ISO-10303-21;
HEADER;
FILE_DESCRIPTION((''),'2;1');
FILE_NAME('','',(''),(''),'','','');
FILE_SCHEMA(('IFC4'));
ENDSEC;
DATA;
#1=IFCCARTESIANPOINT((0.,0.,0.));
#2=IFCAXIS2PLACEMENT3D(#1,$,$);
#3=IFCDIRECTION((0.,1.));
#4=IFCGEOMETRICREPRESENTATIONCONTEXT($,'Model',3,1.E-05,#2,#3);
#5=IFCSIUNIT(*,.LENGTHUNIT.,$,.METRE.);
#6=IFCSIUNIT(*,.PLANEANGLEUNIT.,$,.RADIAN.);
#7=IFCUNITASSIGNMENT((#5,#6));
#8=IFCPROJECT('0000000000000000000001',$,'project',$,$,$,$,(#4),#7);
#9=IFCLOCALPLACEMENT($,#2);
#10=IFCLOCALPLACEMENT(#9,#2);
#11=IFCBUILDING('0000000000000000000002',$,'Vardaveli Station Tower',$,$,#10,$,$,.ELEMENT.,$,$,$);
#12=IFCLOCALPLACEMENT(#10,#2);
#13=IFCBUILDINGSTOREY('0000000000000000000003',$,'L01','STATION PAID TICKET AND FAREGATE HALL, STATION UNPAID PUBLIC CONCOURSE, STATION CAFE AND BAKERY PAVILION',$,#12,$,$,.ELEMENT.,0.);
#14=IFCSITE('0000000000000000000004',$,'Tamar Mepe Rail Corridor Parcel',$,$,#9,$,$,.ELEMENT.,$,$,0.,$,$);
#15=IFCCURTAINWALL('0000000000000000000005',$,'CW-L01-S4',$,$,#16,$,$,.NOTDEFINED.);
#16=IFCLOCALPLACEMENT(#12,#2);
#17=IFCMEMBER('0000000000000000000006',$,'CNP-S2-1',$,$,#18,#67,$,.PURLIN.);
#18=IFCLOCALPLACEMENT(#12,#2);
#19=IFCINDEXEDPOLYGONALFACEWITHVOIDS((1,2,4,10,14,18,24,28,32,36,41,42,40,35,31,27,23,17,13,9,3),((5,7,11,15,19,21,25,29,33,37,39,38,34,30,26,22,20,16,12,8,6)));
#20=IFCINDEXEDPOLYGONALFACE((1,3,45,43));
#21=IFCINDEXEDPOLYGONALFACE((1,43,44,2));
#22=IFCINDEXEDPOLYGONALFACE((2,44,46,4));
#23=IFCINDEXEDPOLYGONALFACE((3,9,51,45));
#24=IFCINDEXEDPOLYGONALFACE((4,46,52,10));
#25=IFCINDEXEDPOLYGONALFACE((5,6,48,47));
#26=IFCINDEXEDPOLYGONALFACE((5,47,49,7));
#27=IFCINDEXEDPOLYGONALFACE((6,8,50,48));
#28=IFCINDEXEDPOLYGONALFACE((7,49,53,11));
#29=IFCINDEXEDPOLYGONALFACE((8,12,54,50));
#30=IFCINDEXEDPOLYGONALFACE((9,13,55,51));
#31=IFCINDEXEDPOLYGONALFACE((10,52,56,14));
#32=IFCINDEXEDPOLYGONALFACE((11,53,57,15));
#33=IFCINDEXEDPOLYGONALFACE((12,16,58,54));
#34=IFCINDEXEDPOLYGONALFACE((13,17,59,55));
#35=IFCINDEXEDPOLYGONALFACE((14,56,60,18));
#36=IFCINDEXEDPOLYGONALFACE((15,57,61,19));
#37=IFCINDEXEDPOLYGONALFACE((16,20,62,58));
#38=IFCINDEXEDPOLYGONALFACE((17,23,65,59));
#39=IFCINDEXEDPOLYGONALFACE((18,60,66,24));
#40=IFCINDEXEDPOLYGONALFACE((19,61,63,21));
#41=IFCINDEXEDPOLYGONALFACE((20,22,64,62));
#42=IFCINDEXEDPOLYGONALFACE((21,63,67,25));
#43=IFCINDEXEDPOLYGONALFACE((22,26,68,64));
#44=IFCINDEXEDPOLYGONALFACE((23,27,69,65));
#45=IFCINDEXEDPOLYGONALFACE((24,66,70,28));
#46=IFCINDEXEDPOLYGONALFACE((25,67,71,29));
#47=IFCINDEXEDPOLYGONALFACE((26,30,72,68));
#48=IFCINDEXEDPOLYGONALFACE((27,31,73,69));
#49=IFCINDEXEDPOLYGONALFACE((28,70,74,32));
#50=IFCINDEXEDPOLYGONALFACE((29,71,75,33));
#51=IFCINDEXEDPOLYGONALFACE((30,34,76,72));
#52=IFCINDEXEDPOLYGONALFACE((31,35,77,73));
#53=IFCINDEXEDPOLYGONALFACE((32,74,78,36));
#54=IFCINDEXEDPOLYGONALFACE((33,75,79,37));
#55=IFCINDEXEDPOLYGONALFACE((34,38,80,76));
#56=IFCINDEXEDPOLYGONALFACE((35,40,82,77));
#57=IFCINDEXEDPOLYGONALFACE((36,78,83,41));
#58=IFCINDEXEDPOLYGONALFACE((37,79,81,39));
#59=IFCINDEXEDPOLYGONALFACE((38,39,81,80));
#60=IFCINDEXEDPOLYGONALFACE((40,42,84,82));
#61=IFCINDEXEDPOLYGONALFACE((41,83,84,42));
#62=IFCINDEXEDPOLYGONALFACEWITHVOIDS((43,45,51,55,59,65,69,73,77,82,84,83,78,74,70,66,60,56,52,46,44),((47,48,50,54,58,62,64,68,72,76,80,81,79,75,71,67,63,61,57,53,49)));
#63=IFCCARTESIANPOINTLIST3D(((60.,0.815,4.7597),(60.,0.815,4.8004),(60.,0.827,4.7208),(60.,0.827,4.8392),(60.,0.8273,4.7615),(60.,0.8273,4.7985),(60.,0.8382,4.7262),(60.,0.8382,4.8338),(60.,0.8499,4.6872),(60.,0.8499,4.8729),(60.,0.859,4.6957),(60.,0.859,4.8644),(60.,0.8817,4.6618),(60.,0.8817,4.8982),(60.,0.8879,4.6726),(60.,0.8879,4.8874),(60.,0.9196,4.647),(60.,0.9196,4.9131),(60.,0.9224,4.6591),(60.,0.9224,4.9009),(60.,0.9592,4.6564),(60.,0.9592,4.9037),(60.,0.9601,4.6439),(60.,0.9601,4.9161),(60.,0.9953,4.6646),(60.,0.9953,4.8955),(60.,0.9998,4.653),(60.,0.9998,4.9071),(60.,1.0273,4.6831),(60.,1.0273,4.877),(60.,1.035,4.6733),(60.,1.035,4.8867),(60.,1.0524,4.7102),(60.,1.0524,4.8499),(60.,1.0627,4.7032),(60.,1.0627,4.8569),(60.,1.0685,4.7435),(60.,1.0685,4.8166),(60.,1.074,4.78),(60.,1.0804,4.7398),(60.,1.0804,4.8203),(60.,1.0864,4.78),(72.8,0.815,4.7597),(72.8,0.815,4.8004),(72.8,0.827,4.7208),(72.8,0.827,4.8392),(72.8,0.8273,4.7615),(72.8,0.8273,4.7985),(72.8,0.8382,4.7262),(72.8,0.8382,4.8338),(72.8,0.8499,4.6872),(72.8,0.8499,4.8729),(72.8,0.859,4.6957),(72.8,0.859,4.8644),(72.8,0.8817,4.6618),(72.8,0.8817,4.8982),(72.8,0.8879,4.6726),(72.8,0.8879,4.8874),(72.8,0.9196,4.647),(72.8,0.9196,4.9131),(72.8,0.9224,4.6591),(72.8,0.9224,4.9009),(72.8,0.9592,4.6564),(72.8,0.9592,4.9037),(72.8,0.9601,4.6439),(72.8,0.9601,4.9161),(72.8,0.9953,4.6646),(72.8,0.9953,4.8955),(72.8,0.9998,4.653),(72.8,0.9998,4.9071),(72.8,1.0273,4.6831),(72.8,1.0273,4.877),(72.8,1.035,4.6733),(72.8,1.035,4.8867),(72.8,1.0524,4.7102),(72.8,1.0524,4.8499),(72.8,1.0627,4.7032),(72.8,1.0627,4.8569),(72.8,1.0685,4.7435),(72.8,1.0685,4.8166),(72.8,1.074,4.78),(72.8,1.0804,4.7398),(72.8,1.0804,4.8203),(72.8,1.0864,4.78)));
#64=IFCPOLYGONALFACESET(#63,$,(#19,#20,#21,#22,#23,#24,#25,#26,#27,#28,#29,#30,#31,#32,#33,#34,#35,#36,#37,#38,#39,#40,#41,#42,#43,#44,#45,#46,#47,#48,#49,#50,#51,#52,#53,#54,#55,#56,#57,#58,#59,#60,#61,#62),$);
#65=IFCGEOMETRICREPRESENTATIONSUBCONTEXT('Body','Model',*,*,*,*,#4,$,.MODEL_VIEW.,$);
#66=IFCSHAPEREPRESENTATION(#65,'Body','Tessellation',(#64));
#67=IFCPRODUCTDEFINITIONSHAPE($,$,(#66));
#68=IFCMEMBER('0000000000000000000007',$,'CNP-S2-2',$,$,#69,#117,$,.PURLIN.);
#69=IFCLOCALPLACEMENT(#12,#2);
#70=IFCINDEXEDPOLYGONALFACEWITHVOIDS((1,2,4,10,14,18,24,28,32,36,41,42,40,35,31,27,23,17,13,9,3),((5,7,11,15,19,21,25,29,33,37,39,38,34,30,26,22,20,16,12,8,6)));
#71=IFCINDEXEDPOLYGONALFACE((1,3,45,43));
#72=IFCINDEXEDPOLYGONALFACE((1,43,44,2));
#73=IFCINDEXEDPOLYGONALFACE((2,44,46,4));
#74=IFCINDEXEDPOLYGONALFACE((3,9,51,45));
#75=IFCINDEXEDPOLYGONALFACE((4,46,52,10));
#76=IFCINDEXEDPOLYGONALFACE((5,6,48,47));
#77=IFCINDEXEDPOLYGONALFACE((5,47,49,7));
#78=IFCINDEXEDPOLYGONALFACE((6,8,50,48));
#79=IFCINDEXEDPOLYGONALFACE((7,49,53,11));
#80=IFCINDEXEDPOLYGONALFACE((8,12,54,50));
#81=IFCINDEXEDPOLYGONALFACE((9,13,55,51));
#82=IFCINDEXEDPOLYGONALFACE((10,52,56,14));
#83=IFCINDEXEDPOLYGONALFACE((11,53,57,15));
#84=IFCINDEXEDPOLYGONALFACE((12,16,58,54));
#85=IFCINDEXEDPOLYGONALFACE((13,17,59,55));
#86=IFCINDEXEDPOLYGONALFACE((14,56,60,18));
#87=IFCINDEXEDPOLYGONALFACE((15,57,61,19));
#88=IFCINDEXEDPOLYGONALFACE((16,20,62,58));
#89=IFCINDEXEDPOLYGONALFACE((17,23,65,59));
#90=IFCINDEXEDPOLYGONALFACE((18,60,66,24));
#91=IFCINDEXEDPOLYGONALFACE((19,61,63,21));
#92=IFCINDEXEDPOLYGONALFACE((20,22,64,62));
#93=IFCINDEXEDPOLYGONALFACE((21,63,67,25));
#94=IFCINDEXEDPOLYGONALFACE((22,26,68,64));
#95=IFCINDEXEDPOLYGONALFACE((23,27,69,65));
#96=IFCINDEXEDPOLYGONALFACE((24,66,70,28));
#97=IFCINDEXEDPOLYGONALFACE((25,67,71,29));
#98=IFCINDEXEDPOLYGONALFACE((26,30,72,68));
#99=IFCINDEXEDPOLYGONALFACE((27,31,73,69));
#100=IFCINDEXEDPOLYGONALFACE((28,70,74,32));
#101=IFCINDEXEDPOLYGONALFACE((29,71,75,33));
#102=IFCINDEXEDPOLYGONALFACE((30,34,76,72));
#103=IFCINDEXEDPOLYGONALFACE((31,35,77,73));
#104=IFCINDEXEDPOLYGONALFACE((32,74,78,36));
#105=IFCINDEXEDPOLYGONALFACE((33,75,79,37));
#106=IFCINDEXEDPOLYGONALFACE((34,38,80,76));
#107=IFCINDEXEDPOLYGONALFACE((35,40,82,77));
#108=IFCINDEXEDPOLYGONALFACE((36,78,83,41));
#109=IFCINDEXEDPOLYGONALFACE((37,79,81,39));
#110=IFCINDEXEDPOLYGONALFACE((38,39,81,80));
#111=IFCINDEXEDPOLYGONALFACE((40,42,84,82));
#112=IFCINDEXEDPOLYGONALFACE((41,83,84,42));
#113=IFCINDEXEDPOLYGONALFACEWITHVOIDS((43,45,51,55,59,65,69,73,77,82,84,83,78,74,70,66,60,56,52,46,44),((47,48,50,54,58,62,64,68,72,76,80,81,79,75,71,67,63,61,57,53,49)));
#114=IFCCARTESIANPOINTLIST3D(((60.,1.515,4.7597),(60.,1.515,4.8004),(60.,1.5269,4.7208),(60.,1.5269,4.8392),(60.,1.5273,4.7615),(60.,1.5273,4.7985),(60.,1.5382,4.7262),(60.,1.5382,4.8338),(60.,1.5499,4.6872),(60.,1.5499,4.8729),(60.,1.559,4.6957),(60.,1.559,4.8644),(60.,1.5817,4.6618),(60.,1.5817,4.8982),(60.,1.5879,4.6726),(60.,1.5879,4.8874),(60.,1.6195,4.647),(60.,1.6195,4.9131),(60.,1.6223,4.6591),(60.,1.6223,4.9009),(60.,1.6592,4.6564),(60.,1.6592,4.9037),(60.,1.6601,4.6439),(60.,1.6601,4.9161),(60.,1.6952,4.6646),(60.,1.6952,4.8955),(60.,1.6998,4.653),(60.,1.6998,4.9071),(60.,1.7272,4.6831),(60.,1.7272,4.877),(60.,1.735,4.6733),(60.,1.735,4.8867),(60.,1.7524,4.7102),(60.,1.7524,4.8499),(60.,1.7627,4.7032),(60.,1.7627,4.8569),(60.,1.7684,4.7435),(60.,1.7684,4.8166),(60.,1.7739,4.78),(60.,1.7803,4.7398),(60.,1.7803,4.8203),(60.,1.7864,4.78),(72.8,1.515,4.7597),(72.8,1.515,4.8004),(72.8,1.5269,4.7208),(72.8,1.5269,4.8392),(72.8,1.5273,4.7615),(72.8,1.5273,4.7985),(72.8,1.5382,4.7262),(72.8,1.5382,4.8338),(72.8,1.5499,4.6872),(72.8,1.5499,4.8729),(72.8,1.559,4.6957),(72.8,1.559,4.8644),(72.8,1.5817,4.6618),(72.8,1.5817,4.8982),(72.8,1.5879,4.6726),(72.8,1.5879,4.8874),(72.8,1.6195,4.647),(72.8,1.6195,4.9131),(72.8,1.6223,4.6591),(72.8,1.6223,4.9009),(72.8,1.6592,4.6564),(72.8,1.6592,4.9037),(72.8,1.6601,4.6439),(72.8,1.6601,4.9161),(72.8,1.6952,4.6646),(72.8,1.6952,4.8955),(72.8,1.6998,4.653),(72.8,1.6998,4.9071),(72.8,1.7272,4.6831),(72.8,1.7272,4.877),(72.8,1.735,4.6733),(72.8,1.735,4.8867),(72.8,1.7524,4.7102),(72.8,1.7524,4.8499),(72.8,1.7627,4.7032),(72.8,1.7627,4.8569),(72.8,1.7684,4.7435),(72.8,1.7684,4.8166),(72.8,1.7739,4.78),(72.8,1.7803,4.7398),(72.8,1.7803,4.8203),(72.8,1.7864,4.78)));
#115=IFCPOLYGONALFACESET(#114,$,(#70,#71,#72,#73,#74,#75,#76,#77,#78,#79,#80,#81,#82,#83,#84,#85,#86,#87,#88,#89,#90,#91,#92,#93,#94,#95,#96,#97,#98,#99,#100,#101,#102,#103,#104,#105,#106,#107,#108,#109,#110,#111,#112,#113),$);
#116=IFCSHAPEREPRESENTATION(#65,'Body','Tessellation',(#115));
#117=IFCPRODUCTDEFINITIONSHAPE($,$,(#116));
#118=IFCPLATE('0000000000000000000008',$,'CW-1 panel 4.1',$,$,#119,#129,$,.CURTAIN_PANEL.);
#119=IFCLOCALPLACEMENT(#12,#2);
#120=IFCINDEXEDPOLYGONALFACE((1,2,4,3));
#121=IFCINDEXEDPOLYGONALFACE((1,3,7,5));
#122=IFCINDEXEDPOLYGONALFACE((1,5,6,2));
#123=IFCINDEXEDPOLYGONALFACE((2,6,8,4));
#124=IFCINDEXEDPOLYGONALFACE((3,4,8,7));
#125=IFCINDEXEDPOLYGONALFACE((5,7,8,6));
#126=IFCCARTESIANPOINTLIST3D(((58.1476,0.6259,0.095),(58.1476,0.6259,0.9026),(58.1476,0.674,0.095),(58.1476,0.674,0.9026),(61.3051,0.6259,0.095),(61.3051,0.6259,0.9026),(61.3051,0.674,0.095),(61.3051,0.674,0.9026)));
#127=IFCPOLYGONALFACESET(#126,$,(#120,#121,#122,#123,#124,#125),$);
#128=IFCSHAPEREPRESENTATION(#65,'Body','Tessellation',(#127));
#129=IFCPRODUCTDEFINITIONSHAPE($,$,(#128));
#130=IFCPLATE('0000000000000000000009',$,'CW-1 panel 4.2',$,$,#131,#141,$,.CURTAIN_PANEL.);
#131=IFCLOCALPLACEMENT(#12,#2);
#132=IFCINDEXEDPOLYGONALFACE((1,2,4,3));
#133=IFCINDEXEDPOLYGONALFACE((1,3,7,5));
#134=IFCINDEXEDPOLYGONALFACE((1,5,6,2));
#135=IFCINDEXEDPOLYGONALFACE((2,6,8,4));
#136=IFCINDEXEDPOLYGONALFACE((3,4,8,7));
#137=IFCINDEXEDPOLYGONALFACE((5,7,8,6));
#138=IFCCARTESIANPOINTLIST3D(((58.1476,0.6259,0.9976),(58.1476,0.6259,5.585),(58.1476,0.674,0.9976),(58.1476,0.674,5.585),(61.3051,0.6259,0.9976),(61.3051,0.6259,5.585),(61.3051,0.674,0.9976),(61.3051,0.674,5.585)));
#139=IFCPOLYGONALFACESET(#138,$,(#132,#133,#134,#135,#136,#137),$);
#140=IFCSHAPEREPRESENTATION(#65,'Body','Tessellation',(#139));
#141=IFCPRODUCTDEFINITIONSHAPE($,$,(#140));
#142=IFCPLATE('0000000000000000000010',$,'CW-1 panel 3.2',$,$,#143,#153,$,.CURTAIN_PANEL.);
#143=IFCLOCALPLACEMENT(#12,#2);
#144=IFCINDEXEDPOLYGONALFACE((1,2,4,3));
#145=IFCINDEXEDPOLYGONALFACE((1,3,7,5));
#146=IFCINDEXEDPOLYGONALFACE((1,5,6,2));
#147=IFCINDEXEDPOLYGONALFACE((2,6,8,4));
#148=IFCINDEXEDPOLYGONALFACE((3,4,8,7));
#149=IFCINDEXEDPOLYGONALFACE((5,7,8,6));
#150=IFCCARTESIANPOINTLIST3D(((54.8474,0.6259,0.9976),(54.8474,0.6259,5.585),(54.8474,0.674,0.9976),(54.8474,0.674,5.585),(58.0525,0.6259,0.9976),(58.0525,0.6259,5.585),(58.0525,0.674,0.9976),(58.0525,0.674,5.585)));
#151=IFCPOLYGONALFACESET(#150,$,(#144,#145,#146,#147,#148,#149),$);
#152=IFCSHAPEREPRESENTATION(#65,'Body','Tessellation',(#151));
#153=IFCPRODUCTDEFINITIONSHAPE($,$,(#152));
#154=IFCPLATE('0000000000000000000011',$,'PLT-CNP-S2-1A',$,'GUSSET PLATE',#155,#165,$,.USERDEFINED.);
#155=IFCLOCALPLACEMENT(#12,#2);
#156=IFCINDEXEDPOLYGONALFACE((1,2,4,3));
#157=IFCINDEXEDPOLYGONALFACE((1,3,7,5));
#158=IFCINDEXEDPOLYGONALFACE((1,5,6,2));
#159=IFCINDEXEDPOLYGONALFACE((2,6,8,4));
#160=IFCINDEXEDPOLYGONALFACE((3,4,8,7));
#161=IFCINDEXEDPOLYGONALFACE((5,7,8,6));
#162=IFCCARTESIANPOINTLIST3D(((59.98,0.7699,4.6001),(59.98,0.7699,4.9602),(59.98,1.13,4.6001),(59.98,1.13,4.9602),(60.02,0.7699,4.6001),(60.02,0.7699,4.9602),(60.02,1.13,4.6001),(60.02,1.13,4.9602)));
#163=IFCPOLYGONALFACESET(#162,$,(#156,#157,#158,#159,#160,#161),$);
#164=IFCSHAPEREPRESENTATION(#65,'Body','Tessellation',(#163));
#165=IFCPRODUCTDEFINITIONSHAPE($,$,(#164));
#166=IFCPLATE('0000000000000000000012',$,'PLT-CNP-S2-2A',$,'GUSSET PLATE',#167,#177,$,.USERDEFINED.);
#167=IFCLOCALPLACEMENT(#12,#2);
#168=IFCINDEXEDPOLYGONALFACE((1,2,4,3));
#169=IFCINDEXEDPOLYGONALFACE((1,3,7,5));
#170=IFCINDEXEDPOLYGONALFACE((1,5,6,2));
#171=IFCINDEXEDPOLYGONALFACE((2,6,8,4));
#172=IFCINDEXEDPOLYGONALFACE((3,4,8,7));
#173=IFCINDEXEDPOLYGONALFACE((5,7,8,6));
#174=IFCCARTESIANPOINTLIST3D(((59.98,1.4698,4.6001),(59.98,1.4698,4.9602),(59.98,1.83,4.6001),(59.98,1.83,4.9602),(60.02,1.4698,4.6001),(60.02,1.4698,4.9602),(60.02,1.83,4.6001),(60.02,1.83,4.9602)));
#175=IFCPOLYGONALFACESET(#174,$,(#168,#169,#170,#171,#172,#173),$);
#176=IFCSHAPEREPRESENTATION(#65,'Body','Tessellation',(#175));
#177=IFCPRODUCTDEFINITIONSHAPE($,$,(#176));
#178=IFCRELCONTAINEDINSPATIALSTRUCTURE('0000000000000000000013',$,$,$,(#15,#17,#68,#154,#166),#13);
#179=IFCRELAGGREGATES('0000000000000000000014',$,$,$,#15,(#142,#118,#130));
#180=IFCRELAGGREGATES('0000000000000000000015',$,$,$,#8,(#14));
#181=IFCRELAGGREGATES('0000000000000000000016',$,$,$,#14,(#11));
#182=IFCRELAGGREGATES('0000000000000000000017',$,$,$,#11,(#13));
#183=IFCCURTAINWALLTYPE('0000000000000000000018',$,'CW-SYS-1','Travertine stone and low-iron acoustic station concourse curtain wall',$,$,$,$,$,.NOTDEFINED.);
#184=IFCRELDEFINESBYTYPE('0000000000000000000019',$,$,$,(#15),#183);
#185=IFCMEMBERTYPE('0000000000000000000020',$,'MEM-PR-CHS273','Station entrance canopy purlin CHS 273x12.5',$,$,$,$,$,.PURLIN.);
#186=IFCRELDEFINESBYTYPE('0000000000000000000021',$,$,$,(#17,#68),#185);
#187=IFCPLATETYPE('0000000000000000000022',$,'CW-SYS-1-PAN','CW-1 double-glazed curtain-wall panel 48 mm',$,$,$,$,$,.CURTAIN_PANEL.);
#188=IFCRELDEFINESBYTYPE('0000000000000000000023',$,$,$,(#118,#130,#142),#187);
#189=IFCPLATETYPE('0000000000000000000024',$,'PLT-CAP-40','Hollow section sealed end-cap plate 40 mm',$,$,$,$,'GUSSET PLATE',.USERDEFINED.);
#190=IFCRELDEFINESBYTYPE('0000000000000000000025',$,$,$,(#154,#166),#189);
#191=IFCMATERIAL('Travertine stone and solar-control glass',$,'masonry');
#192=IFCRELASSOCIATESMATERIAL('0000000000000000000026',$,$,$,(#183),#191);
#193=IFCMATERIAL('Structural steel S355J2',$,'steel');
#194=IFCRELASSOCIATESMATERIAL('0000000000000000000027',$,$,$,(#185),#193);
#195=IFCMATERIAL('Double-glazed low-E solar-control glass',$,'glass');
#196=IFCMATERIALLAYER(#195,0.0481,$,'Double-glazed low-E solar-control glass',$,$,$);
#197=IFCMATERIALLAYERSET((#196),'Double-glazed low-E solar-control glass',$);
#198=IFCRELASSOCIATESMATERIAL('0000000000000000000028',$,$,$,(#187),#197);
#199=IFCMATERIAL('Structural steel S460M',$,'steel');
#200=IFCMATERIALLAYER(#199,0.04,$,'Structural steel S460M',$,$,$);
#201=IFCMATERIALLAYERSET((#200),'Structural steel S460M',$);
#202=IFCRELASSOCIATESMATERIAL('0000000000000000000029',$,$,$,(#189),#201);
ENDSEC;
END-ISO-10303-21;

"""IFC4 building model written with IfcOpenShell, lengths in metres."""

from ifc_helpers import new_model, si_unit, direction, frame, origin, origin_2d, place, context, subcontext, project, spatial, rectangle, hollow_circle, extrude, source, transform, mapped, material, layer, layer_set, material_profile, profile_set, type_object, element, aggregate, save


model = new_model("IFC4")

# Units and contexts
model_context = context("Model", 3, precision=1e-05, world=origin(), true_north=direction((0.0, 1.0)))
body_context = subcontext(model_context, "Body", "Model", "MODEL_VIEW")
ifc_project = project(units=[si_unit("LENGTHUNIT", "METRE"), si_unit("PLANEANGLEUNIT", "RADIAN")], contexts=[model_context])

# Site, building, storey
site_placement = place(None, origin())
site = spatial("IfcSite", under=ifc_project, at=site_placement, Name="Tamar Mepe Rail Corridor Parcel", CompositionType="ELEMENT", RefElevation=0.0)
building_placement = place(site_placement, origin())
building = spatial("IfcBuilding", under=site, at=building_placement, Name="Vardaveli Station Tower", CompositionType="ELEMENT")
storey_placement = place(building_placement, origin())
storey = spatial("IfcBuildingStorey", under=building, at=storey_placement, Name="L01", Description="STATION PAID TICKET AND FAREGATE HALL, STATION UNPAID PUBLIC CONCOURSE, STATION CAFE AND BAKERY PAVILION", CompositionType="ELEMENT", Elevation=0.0)

# Shared definitions
ifc_material_1 = material(Name="Structural steel S355J2", Category="steel")

# Curtain wall
ifc_material_2 = material(Name="Travertine stone and solar-control glass", Category="masonry")
curtain_wall_type = type_object("IfcCurtainWallType", Name="CW-SYS-1", Description="Travertine stone and low-iron acoustic station concourse curtain wall", PredefinedType="NOTDEFINED", material=ifc_material_2)
curtain_wall_placement = place(storey_placement, origin())
curtain_wall = element("IfcCurtainWall", 1, at=curtain_wall_placement, inside=storey, type_object=curtain_wall_type, Name="CW-L01-S4", PredefinedType="NOTDEFINED")

# Members
ifc_material_profile_1 = material_profile(ifc_material_1, hollow_circle(Radius=0.1365, WallThickness=0.0125, at=origin_2d()), Name="CHS 273x12.5")
ifc_profile_set_1 = profile_set([ifc_material_profile_1], Name="Structural steel S355J2")
member_type_1 = type_object("IfcMemberType", Name="MEM-PR-CHS273", Description="Station entrance canopy purlin CHS 273x12.5", PredefinedType="PURLIN", material=ifc_profile_set_1)
shared_shape_1 = source(origin(), body_context, "Body", "SweptSolid", [
    extrude(hollow_circle(Radius=0.1365, WallThickness=0.0125, at=origin_2d()), origin(), (0.0, 0.0, 1.0), 12.8),
])
for number, where, z_axis, x_axis, name in (
    (2, (60.0, 0.95, 4.78), (1.0, 0.0, 0.0), (0.0, 1.0, 0.0), "CNP-S2-1"),
    (3, (60.0, 1.6499, 4.78), (1.0, 0.0, 0.0), (0.0, 1.0, 0.0), "CNP-S2-2"),
):
    element("IfcMember", number, at=place(storey_placement, frame(where, z_axis=z_axis, x_axis=x_axis)), inside=storey, type_object=member_type_1, Name=name, PredefinedType="PURLIN", context=body_context, shape_type="MappedRepresentation", body=[
        mapped(shared_shape_1, transform((0.0, 0.0, 0.0), scale=1.0)),
    ])

# Plates
ifc_material_3 = material(Name="Double-glazed low-E solar-control glass", Category="glass")
ifc_layer_1 = layer(ifc_material_3, 0.0481, Name="Double-glazed low-E solar-control glass")
ifc_layer_set_1 = layer_set([ifc_layer_1], Name="Double-glazed low-E solar-control glass")
plate_type_1 = type_object("IfcPlateType", Name="CW-SYS-1-PAN", Description="CW-1 double-glazed curtain-wall panel 48 mm", PredefinedType="CURTAIN_PANEL", material=ifc_layer_set_1)
shared_shape_2 = source(origin(), body_context, "Body", "SweptSolid", [
    extrude(rectangle(XDim=3.1575, YDim=0.0481, at=origin_2d()), origin(), (0.0, 0.0, 1.0), 0.8076),
])
plate_1_placement = place(storey_placement, frame((59.7263, 0.6499, 0.095), z_axis=(0.0, 0.0, 1.0), x_axis=(1.0, 0.0, 0.0)))
plate_1 = element("IfcPlate", 4, at=plate_1_placement, type_object=plate_type_1, Name="CW-1 panel 4.1", PredefinedType="CURTAIN_PANEL", context=body_context, shape_type="MappedRepresentation", body=[
    mapped(shared_shape_2, transform((0.0, 0.0, 0.0), scale=1.0)),
])
shared_shape_3 = source(origin(), body_context, "Body", "SweptSolid", [
    extrude(rectangle(XDim=3.1575, YDim=0.0481, at=origin_2d()), origin(), (0.0, 0.0, 1.0), 4.5874),
])
plate_2_placement = place(storey_placement, frame((59.7263, 0.6499, 0.9976), z_axis=(0.0, 0.0, 1.0), x_axis=(1.0, 0.0, 0.0)))
plate_2 = element("IfcPlate", 5, at=plate_2_placement, type_object=plate_type_1, Name="CW-1 panel 4.2", PredefinedType="CURTAIN_PANEL", context=body_context, shape_type="MappedRepresentation", body=[
    mapped(shared_shape_3, transform((0.0, 0.0, 0.0), scale=1.0)),
])
shared_shape_4 = source(origin(), body_context, "Body", "SweptSolid", [
    extrude(rectangle(XDim=3.2051, YDim=0.0481, at=origin_2d()), origin(), (0.0, 0.0, 1.0), 4.5874),
])
plate_3_placement = place(storey_placement, frame((56.45, 0.6499, 0.9976), z_axis=(0.0, 0.0, 1.0), x_axis=(1.0, 0.0, 0.0)))
plate_3 = element("IfcPlate", 6, at=plate_3_placement, type_object=plate_type_1, Name="CW-1 panel 3.2", PredefinedType="CURTAIN_PANEL", context=body_context, shape_type="MappedRepresentation", body=[
    mapped(shared_shape_4, transform((0.0, 0.0, 0.0), scale=1.0)),
])
aggregate(curtain_wall, [plate_3, plate_1, plate_2])

# Plates
ifc_material_4 = material(Name="Structural steel S460M", Category="steel")
ifc_layer_2 = layer(ifc_material_4, 0.04, Name="Structural steel S460M")
ifc_layer_set_2 = layer_set([ifc_layer_2], Name="Structural steel S460M")
plate_type_2 = type_object("IfcPlateType", Name="PLT-CAP-40", Description="Hollow section sealed end-cap plate 40 mm", ElementType="GUSSET PLATE", PredefinedType="USERDEFINED", material=ifc_layer_set_2)
shared_shape_5 = source(origin(), body_context, "Body", "SweptSolid", [
    extrude(rectangle(XDim=0.04, YDim=0.3601, at=origin_2d()), origin(), (0.0, 0.0, 1.0), 0.3601),
])
for number, where, z_axis, x_axis, name in (
    (7, (60.0, 0.95, 4.6001), (0.0, 0.0, 1.0), (1.0, 0.0, 0.0), "PLT-CNP-S2-1A"),
    (8, (60.0, 1.6499, 4.6001), (0.0, 0.0, 1.0), (1.0, 0.0, 0.0), "PLT-CNP-S2-2A"),
):
    element("IfcPlate", number, at=place(storey_placement, frame(where, z_axis=z_axis, x_axis=x_axis)), inside=storey, type_object=plate_type_2, Name=name, ObjectType="GUSSET PLATE", PredefinedType="USERDEFINED", context=body_context, shape_type="MappedRepresentation", body=[
        mapped(shared_shape_5, transform((0.0, 0.0, 0.0), scale=1.0)),
    ])

save(model, "model.ifc")
